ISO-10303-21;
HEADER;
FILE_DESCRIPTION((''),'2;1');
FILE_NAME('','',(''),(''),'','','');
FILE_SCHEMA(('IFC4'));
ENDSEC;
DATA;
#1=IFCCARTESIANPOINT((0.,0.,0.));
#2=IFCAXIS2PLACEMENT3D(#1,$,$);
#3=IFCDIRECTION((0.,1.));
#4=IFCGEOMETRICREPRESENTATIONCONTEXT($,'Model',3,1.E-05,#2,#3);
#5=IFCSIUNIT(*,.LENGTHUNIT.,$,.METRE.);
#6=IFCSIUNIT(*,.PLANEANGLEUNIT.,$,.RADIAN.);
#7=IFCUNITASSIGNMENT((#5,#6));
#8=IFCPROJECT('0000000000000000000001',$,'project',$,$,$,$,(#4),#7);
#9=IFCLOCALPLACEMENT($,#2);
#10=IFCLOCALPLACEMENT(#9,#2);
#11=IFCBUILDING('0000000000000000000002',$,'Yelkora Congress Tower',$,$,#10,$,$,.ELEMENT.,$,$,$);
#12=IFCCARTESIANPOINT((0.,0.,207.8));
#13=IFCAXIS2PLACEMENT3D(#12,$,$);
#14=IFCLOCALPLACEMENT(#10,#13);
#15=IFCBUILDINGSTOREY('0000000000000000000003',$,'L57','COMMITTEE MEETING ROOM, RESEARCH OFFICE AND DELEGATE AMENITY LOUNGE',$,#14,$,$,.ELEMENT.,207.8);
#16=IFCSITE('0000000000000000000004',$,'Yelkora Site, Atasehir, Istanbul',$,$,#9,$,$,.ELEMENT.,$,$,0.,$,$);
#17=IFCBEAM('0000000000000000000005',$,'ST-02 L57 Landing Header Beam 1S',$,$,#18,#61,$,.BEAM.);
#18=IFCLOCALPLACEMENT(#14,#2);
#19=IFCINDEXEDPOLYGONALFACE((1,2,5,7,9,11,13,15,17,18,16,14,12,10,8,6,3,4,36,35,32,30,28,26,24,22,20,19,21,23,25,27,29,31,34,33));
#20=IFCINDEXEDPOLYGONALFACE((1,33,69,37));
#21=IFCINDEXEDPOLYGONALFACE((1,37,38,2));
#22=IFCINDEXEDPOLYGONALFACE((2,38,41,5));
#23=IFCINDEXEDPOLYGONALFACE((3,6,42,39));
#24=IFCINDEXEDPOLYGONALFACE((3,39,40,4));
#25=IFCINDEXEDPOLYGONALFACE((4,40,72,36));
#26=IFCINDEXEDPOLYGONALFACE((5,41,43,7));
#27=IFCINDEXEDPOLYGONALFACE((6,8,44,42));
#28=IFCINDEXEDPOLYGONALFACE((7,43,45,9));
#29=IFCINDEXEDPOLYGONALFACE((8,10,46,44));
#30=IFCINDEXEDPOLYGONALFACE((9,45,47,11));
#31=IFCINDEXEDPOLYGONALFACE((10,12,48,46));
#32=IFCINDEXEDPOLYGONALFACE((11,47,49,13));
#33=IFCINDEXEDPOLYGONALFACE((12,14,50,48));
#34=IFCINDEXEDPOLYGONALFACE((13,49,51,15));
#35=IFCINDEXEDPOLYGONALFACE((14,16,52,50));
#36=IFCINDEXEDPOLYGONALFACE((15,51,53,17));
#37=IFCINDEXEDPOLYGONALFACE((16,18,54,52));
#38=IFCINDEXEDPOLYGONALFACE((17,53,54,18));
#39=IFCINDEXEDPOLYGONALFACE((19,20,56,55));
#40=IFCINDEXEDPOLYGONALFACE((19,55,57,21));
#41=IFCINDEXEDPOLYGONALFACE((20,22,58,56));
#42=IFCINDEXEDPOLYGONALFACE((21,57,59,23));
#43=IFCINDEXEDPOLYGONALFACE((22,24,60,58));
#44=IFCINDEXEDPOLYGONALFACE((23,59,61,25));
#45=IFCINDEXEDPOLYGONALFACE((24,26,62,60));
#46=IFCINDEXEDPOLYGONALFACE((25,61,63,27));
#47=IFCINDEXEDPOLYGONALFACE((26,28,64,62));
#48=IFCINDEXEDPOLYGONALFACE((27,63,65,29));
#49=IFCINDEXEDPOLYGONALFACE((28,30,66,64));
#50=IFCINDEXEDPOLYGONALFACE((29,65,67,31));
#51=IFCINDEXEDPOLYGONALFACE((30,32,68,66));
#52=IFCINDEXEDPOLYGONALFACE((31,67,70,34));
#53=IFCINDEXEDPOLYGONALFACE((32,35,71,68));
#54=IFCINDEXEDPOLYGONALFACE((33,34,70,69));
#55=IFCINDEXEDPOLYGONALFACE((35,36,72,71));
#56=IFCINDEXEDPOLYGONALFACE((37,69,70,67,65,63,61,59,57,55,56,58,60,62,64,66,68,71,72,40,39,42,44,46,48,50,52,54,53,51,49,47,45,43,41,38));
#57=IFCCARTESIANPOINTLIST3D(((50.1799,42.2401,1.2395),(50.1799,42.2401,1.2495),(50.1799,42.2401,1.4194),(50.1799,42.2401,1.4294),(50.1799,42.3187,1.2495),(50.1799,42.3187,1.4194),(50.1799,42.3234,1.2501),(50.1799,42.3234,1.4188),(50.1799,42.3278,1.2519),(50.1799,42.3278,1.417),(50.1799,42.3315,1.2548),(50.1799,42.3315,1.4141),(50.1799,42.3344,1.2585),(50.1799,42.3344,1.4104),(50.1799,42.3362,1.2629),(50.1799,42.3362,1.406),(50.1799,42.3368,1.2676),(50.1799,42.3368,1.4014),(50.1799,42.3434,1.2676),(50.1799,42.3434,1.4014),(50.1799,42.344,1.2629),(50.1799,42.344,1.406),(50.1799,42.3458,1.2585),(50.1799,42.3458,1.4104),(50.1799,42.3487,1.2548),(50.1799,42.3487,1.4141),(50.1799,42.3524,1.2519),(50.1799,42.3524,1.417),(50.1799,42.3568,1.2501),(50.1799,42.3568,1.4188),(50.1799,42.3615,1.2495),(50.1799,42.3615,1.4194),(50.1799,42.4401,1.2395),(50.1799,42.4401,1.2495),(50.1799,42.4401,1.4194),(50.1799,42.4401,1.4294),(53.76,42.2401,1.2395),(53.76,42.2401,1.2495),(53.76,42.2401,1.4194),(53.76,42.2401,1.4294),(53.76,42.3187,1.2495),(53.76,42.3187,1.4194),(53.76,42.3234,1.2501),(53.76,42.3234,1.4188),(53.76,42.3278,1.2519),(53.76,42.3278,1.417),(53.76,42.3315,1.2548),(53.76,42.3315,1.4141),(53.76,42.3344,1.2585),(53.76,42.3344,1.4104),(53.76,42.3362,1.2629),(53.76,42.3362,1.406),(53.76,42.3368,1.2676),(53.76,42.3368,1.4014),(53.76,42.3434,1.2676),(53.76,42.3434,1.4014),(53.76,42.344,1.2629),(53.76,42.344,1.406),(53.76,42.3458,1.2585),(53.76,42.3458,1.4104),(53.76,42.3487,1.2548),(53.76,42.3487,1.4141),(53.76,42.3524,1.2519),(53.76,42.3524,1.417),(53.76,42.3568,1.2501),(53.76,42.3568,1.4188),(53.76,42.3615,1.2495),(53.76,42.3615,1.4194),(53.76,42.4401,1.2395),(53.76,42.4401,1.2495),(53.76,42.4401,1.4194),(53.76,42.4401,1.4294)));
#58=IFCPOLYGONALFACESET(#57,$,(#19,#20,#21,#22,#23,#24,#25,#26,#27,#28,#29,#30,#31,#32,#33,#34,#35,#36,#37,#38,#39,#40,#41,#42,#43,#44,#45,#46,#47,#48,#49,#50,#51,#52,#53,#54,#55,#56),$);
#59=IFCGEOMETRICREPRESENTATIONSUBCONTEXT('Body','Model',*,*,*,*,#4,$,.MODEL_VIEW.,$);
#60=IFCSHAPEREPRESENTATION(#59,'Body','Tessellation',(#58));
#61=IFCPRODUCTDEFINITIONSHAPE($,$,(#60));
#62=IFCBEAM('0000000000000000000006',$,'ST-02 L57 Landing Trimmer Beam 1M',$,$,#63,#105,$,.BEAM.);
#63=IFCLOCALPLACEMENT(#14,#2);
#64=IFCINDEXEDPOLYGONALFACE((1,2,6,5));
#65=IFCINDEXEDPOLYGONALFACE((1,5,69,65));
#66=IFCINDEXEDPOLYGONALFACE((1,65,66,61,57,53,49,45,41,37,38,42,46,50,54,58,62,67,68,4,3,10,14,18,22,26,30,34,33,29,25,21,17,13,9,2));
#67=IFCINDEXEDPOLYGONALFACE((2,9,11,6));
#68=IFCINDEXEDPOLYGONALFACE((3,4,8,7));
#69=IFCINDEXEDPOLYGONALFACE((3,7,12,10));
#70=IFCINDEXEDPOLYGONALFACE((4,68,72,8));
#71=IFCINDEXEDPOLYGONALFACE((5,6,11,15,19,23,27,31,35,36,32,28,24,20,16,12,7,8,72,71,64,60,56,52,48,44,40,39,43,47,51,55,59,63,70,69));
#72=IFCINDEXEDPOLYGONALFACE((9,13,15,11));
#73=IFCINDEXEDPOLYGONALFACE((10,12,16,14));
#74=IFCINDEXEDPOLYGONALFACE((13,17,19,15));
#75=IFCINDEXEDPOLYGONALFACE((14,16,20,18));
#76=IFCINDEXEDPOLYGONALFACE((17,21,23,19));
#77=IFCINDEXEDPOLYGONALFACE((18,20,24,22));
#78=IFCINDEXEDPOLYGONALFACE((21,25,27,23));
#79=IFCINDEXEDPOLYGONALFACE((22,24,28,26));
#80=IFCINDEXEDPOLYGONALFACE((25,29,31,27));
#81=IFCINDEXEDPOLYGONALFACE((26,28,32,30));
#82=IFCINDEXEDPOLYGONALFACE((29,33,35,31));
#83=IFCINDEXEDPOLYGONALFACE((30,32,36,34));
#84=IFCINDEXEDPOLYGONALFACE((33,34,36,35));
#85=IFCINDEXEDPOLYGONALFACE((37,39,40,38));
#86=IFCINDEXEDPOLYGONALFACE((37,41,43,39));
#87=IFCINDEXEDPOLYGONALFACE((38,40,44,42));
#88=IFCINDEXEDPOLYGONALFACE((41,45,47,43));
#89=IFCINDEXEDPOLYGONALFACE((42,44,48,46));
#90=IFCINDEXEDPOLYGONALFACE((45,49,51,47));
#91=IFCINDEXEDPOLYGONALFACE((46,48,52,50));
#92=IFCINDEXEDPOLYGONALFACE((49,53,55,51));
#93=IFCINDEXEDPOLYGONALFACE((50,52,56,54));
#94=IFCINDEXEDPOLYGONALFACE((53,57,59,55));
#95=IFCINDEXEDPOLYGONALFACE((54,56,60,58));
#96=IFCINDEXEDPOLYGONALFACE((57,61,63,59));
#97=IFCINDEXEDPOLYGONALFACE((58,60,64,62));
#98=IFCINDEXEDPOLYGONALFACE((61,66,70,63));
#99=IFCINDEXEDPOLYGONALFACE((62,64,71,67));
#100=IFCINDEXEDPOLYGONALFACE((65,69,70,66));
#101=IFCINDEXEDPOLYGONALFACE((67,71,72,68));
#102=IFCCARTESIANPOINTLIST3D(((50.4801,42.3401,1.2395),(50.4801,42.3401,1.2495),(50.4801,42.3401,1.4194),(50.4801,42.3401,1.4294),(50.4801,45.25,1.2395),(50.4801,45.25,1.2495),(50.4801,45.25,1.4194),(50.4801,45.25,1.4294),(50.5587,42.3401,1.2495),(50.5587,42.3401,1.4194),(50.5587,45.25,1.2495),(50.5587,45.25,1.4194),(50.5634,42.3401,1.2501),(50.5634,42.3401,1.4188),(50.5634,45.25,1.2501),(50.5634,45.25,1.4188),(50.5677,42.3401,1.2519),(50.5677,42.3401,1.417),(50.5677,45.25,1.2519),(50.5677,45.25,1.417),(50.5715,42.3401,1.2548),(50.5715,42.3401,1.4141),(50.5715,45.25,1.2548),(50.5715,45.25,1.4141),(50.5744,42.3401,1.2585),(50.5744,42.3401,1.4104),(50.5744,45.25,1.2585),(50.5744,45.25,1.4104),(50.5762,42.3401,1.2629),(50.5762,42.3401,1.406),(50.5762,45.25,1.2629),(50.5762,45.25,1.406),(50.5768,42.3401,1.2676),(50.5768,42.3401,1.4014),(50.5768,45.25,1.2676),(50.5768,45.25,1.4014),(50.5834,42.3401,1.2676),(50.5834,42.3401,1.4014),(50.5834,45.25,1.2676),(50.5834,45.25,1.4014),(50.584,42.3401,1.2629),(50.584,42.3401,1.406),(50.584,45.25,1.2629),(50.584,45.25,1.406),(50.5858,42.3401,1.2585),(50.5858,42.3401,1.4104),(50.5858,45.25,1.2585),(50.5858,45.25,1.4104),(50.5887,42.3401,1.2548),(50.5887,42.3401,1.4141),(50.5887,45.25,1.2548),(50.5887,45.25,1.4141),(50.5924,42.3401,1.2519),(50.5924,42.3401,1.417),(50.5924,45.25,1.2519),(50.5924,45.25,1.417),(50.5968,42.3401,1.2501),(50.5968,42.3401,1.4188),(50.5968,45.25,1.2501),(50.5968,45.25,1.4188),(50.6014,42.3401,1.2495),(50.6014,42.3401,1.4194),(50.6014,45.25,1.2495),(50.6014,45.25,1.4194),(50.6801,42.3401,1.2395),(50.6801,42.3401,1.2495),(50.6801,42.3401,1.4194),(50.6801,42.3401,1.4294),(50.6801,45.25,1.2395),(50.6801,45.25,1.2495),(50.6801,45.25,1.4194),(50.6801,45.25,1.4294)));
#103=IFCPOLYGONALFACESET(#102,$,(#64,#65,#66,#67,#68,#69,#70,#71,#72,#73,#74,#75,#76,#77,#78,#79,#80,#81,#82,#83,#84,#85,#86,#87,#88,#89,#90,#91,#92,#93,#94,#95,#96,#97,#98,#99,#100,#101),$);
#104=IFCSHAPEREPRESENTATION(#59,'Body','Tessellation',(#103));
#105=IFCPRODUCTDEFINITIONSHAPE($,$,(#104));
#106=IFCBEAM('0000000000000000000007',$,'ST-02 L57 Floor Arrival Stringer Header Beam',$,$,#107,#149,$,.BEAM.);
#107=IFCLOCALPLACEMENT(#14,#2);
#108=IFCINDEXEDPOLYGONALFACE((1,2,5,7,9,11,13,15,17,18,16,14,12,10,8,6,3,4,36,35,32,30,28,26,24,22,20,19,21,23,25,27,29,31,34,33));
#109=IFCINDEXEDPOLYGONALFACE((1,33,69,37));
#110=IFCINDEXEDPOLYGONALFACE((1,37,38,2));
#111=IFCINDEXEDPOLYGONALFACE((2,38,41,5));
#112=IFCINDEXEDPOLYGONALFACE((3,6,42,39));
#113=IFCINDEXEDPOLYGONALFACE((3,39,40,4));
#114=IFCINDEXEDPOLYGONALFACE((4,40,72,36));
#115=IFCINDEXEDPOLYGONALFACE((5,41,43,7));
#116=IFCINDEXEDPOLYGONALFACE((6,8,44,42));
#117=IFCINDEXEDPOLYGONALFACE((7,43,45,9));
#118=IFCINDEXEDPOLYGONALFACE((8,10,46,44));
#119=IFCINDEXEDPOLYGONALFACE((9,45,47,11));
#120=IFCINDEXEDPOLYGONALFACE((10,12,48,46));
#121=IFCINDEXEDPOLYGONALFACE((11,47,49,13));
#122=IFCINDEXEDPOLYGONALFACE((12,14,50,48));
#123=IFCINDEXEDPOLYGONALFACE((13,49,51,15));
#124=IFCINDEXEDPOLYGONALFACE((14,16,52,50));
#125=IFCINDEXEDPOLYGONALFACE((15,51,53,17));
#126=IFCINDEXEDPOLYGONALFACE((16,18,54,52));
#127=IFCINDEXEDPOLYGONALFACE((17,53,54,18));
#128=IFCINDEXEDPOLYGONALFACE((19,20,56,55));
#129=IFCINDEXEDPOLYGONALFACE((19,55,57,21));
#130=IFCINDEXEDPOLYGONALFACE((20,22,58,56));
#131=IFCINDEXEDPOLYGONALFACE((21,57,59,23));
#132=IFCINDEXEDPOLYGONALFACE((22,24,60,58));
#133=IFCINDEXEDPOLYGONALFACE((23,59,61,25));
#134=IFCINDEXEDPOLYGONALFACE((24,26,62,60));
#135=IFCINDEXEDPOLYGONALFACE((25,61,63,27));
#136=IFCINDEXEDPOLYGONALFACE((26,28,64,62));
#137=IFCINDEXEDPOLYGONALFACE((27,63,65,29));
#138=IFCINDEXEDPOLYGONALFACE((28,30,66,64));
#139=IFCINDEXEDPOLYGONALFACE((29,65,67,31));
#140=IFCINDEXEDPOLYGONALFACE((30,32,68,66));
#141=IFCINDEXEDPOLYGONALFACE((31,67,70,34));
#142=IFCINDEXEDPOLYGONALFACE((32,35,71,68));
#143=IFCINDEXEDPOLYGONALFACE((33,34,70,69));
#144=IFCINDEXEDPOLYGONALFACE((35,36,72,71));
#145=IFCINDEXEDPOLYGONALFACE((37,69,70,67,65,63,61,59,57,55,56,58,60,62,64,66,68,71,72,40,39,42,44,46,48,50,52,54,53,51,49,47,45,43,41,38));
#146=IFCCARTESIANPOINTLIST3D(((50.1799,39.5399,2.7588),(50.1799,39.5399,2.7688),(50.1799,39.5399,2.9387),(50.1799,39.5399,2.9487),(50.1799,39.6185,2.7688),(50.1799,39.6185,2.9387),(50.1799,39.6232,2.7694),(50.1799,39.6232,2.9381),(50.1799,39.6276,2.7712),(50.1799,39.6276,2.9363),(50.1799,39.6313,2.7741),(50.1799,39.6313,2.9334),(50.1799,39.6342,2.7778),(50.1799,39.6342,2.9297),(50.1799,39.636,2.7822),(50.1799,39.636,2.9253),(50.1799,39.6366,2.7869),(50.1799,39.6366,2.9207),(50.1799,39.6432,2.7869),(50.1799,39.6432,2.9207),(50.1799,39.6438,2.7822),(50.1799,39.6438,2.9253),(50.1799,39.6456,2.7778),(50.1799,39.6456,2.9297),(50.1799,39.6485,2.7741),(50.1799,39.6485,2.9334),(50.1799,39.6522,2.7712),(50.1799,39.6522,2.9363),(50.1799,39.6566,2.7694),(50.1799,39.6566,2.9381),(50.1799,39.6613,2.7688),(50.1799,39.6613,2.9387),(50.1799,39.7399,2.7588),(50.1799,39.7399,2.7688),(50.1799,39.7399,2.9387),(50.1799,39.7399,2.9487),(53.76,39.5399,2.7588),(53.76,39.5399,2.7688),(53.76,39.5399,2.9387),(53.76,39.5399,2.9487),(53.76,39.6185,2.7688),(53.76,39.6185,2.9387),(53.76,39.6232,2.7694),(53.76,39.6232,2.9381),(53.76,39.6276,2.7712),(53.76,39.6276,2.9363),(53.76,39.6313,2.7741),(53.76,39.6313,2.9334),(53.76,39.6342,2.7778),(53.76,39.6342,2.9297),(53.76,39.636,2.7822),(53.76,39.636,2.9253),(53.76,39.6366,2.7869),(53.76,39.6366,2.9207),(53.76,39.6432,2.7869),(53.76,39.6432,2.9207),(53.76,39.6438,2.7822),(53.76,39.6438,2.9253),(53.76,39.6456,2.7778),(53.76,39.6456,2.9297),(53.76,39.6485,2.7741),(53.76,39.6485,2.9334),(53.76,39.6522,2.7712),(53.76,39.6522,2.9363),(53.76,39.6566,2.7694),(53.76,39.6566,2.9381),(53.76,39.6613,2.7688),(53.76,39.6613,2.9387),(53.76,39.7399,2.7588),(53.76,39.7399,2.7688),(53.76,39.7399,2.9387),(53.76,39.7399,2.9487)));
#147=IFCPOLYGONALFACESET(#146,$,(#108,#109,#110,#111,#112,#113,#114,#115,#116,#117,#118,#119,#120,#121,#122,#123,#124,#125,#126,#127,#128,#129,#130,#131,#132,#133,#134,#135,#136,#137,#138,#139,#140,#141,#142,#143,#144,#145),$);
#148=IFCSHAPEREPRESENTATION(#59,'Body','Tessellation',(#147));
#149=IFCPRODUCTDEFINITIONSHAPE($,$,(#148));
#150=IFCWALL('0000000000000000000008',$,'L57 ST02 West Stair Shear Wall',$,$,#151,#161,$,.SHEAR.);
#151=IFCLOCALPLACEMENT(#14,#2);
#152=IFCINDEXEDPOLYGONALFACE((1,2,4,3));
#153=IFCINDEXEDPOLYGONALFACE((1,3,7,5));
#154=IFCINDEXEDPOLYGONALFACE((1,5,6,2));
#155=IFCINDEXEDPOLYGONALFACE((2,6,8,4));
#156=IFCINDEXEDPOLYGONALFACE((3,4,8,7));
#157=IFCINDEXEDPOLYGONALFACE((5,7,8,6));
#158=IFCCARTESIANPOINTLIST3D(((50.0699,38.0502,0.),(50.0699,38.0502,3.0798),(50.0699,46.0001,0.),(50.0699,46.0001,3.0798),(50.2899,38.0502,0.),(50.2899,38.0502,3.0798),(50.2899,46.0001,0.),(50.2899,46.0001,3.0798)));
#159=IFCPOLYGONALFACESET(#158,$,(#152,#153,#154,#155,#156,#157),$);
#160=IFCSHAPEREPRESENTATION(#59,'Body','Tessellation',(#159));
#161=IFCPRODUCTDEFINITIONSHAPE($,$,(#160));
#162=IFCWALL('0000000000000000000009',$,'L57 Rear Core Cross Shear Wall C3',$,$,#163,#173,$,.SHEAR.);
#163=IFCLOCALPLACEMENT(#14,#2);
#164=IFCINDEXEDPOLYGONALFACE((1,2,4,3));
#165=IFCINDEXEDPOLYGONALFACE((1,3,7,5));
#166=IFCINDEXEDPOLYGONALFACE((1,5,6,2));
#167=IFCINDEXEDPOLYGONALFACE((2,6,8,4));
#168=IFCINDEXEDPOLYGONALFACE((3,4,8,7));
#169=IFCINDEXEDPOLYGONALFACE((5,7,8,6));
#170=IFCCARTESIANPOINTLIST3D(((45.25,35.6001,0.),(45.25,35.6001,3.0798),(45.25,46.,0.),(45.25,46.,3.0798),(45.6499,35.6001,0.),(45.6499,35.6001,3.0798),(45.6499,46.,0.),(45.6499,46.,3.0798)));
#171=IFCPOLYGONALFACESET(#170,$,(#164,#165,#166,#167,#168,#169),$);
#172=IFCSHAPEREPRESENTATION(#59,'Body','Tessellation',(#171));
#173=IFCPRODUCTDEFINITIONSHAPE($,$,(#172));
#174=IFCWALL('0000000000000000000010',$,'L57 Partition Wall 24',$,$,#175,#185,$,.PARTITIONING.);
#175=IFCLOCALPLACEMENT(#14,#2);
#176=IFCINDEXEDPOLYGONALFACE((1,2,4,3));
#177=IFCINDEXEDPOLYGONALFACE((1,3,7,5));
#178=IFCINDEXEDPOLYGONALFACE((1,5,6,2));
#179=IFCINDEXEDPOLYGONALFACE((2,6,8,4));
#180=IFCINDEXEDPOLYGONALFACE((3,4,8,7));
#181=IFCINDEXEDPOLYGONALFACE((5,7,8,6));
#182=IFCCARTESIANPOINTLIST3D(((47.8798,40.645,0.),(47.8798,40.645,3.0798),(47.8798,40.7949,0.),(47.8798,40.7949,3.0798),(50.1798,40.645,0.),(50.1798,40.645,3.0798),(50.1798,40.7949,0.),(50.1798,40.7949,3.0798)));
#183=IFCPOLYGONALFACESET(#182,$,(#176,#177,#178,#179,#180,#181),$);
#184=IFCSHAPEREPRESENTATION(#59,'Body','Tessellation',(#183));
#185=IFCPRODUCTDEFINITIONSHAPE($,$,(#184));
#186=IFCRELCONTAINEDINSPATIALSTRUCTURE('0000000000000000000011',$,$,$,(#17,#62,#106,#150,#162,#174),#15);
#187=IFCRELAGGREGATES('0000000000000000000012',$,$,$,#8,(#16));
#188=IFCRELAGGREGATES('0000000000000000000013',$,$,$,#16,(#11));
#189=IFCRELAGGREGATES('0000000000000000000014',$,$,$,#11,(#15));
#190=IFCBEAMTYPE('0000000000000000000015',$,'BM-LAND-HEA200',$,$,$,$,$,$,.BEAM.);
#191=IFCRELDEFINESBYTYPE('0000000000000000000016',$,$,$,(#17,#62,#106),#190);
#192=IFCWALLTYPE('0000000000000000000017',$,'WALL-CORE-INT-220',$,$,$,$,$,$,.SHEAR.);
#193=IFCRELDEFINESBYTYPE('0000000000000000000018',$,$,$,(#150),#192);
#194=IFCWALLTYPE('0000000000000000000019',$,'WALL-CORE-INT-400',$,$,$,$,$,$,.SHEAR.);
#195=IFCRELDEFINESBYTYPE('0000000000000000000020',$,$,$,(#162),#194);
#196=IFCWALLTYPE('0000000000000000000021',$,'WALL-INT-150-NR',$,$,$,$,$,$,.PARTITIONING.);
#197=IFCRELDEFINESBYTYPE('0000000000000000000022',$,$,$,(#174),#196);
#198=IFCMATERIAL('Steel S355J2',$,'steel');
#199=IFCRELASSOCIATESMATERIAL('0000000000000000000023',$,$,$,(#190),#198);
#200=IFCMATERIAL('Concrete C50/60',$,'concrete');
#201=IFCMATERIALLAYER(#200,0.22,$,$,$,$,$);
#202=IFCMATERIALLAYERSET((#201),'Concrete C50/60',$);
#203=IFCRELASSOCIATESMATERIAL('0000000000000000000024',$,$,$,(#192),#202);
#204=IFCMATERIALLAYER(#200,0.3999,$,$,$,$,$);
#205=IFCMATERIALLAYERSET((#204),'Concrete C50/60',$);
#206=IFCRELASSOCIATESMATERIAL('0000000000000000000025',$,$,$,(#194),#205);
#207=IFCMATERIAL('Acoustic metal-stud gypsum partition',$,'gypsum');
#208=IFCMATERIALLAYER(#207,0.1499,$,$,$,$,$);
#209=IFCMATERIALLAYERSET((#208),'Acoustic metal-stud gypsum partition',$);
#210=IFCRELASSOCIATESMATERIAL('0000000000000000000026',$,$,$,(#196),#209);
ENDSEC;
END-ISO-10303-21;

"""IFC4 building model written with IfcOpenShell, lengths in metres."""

from ifc_helpers import new_model, si_unit, direction, frame, frame_2d, origin, origin_2d, place, context, subcontext, project, spatial, rectangle, i_section, extrude, material, layer, layer_set, material_profile, profile_set, type_object, element, save


model = new_model("IFC4")

# Units and contexts
model_context = context("Model", 3, precision=1e-05, world=origin(), true_north=direction((0.0, 1.0)))
body_context = subcontext(model_context, "Body", "Model", "MODEL_VIEW")
ifc_project = project(units=[si_unit("LENGTHUNIT", "METRE"), si_unit("PLANEANGLEUNIT", "RADIAN")], contexts=[model_context])

# Site, building, storey
site_placement = place(None, origin())
site = spatial("IfcSite", under=ifc_project, at=site_placement, Name="Yelkora Site, Atasehir, Istanbul", CompositionType="ELEMENT", RefElevation=0.0)
building_placement = place(site_placement, origin())
building = spatial("IfcBuilding", under=site, at=building_placement, Name="Yelkora Congress Tower", CompositionType="ELEMENT")
storey_placement = place(building_placement, frame((0.0, 0.0, 207.8)))
storey = spatial("IfcBuildingStorey", under=building, at=storey_placement, Name="L57", Description="COMMITTEE MEETING ROOM, RESEARCH OFFICE AND DELEGATE AMENITY LOUNGE", CompositionType="ELEMENT", Elevation=207.8)

# Beams
ifc_material_1 = material(Name="Steel S355J2", Category="steel")
ifc_material_profile = material_profile(ifc_material_1, i_section(OverallWidth=0.2, OverallDepth=0.1899, WebThickness=0.0066, FlangeThickness=0.01, FilletRadius=0.0181, at=origin_2d()), Name="HEA 200")
ifc_profile_set = profile_set([ifc_material_profile], Name="Steel S355J2")
beam_type = type_object("IfcBeamType", Name="BM-LAND-HEA200", PredefinedType="BEAM", material=ifc_profile_set)
beam_1_placement = place(storey_placement, frame((50.1799, 42.3401, 1.3345), z_axis=(1.0, 0.0, 0.0), x_axis=(0.0, 1.0, 0.0)))
element("IfcBeam", 1, at=beam_1_placement, inside=storey, type_object=beam_type, Name="ST-02 L57 Landing Header Beam 1S", PredefinedType="BEAM", context=body_context, shape_type="SweptSolid", body=[
    extrude(i_section(OverallWidth=0.2, OverallDepth=0.1899, WebThickness=0.0066, FlangeThickness=0.01, FilletRadius=0.0181, at=origin_2d()), origin(), (0.0, 0.0, 1.0), 3.5801),
])
beam_2_placement = place(storey_placement, frame((50.5801, 42.3401, 1.3345), z_axis=(0.0, 1.0, 0.0), x_axis=(-1.0, 0.0, 0.0)))
element("IfcBeam", 2, at=beam_2_placement, inside=storey, type_object=beam_type, Name="ST-02 L57 Landing Trimmer Beam 1M", PredefinedType="BEAM", context=body_context, shape_type="SweptSolid", body=[
    extrude(i_section(OverallWidth=0.2, OverallDepth=0.1899, WebThickness=0.0066, FlangeThickness=0.01, FilletRadius=0.0181, at=origin_2d()), origin(), (0.0, 0.0, 1.0), 2.9099),
])
beam_3_placement = place(storey_placement, frame((50.1799, 39.6399, 2.8538), z_axis=(1.0, 0.0, 0.0), x_axis=(0.0, 1.0, 0.0)))
element("IfcBeam", 3, at=beam_3_placement, inside=storey, type_object=beam_type, Name="ST-02 L57 Floor Arrival Stringer Header Beam", PredefinedType="BEAM", context=body_context, shape_type="SweptSolid", body=[
    extrude(i_section(OverallWidth=0.2, OverallDepth=0.1899, WebThickness=0.0066, FlangeThickness=0.01, FilletRadius=0.0181, at=origin_2d()), origin(), (0.0, 0.0, 1.0), 3.5801),
])

# Walls
ifc_material_2 = material(Name="Concrete C50/60", Category="concrete")
ifc_layer_1 = layer(ifc_material_2, 0.22)
ifc_layer_set_1 = layer_set([ifc_layer_1], Name="Concrete C50/60")
wall_type_1 = type_object("IfcWallType", Name="WALL-CORE-INT-220", PredefinedType="SHEAR", material=ifc_layer_set_1)
wall_1_placement = place(storey_placement, frame((50.1799, 38.05, 0.0), z_axis=(0.0, 0.0, 1.0), x_axis=(0.0, 1.0, 0.0)))
element("IfcWall", 4, at=wall_1_placement, inside=storey, type_object=wall_type_1, Name="L57 ST02 West Stair Shear Wall", PredefinedType="SHEAR", context=body_context, shape_type="SweptSolid", body=[
    extrude(rectangle(XDim=7.95, YDim=0.22, at=frame_2d((3.9751, 0.0))), origin(), (0.0, 0.0, 1.0), 3.0798),
])
ifc_layer_2 = layer(ifc_material_2, 0.3999)
ifc_layer_set_2 = layer_set([ifc_layer_2], Name="Concrete C50/60")
wall_type_2 = type_object("IfcWallType", Name="WALL-CORE-INT-400", PredefinedType="SHEAR", material=ifc_layer_set_2)
wall_2_placement = place(storey_placement, frame((45.45, 35.6001, 0.0), z_axis=(0.0, 0.0, 1.0), x_axis=(0.0, 1.0, 0.0)))
element("IfcWall", 5, at=wall_2_placement, inside=storey, type_object=wall_type_2, Name="L57 Rear Core Cross Shear Wall C3", PredefinedType="SHEAR", context=body_context, shape_type="SweptSolid", body=[
    extrude(rectangle(XDim=10.3999, YDim=0.3999, at=frame_2d((5.2, 0.0))), origin(), (0.0, 0.0, 1.0), 3.0798),
])
ifc_material_3 = material(Name="Acoustic metal-stud gypsum partition", Category="gypsum")
ifc_layer_3 = layer(ifc_material_3, 0.1499)
ifc_layer_set_3 = layer_set([ifc_layer_3], Name="Acoustic metal-stud gypsum partition")
wall_type_3 = type_object("IfcWallType", Name="WALL-INT-150-NR", PredefinedType="PARTITIONING", material=ifc_layer_set_3)
wall_3_placement = place(storey_placement, frame((47.8799, 40.72, 0.0), z_axis=(0.0, 0.0, 1.0), x_axis=(1.0, 0.0, 0.0)))
element("IfcWall", 6, at=wall_3_placement, inside=storey, type_object=wall_type_3, Name="L57 Partition Wall 24", PredefinedType="PARTITIONING", context=body_context, shape_type="SweptSolid", body=[
    extrude(rectangle(XDim=2.3, YDim=0.1499, at=frame_2d((1.1499, 0.0))), origin(), (0.0, 0.0, 1.0), 3.0798),
])

save(model, "model.ifc")
